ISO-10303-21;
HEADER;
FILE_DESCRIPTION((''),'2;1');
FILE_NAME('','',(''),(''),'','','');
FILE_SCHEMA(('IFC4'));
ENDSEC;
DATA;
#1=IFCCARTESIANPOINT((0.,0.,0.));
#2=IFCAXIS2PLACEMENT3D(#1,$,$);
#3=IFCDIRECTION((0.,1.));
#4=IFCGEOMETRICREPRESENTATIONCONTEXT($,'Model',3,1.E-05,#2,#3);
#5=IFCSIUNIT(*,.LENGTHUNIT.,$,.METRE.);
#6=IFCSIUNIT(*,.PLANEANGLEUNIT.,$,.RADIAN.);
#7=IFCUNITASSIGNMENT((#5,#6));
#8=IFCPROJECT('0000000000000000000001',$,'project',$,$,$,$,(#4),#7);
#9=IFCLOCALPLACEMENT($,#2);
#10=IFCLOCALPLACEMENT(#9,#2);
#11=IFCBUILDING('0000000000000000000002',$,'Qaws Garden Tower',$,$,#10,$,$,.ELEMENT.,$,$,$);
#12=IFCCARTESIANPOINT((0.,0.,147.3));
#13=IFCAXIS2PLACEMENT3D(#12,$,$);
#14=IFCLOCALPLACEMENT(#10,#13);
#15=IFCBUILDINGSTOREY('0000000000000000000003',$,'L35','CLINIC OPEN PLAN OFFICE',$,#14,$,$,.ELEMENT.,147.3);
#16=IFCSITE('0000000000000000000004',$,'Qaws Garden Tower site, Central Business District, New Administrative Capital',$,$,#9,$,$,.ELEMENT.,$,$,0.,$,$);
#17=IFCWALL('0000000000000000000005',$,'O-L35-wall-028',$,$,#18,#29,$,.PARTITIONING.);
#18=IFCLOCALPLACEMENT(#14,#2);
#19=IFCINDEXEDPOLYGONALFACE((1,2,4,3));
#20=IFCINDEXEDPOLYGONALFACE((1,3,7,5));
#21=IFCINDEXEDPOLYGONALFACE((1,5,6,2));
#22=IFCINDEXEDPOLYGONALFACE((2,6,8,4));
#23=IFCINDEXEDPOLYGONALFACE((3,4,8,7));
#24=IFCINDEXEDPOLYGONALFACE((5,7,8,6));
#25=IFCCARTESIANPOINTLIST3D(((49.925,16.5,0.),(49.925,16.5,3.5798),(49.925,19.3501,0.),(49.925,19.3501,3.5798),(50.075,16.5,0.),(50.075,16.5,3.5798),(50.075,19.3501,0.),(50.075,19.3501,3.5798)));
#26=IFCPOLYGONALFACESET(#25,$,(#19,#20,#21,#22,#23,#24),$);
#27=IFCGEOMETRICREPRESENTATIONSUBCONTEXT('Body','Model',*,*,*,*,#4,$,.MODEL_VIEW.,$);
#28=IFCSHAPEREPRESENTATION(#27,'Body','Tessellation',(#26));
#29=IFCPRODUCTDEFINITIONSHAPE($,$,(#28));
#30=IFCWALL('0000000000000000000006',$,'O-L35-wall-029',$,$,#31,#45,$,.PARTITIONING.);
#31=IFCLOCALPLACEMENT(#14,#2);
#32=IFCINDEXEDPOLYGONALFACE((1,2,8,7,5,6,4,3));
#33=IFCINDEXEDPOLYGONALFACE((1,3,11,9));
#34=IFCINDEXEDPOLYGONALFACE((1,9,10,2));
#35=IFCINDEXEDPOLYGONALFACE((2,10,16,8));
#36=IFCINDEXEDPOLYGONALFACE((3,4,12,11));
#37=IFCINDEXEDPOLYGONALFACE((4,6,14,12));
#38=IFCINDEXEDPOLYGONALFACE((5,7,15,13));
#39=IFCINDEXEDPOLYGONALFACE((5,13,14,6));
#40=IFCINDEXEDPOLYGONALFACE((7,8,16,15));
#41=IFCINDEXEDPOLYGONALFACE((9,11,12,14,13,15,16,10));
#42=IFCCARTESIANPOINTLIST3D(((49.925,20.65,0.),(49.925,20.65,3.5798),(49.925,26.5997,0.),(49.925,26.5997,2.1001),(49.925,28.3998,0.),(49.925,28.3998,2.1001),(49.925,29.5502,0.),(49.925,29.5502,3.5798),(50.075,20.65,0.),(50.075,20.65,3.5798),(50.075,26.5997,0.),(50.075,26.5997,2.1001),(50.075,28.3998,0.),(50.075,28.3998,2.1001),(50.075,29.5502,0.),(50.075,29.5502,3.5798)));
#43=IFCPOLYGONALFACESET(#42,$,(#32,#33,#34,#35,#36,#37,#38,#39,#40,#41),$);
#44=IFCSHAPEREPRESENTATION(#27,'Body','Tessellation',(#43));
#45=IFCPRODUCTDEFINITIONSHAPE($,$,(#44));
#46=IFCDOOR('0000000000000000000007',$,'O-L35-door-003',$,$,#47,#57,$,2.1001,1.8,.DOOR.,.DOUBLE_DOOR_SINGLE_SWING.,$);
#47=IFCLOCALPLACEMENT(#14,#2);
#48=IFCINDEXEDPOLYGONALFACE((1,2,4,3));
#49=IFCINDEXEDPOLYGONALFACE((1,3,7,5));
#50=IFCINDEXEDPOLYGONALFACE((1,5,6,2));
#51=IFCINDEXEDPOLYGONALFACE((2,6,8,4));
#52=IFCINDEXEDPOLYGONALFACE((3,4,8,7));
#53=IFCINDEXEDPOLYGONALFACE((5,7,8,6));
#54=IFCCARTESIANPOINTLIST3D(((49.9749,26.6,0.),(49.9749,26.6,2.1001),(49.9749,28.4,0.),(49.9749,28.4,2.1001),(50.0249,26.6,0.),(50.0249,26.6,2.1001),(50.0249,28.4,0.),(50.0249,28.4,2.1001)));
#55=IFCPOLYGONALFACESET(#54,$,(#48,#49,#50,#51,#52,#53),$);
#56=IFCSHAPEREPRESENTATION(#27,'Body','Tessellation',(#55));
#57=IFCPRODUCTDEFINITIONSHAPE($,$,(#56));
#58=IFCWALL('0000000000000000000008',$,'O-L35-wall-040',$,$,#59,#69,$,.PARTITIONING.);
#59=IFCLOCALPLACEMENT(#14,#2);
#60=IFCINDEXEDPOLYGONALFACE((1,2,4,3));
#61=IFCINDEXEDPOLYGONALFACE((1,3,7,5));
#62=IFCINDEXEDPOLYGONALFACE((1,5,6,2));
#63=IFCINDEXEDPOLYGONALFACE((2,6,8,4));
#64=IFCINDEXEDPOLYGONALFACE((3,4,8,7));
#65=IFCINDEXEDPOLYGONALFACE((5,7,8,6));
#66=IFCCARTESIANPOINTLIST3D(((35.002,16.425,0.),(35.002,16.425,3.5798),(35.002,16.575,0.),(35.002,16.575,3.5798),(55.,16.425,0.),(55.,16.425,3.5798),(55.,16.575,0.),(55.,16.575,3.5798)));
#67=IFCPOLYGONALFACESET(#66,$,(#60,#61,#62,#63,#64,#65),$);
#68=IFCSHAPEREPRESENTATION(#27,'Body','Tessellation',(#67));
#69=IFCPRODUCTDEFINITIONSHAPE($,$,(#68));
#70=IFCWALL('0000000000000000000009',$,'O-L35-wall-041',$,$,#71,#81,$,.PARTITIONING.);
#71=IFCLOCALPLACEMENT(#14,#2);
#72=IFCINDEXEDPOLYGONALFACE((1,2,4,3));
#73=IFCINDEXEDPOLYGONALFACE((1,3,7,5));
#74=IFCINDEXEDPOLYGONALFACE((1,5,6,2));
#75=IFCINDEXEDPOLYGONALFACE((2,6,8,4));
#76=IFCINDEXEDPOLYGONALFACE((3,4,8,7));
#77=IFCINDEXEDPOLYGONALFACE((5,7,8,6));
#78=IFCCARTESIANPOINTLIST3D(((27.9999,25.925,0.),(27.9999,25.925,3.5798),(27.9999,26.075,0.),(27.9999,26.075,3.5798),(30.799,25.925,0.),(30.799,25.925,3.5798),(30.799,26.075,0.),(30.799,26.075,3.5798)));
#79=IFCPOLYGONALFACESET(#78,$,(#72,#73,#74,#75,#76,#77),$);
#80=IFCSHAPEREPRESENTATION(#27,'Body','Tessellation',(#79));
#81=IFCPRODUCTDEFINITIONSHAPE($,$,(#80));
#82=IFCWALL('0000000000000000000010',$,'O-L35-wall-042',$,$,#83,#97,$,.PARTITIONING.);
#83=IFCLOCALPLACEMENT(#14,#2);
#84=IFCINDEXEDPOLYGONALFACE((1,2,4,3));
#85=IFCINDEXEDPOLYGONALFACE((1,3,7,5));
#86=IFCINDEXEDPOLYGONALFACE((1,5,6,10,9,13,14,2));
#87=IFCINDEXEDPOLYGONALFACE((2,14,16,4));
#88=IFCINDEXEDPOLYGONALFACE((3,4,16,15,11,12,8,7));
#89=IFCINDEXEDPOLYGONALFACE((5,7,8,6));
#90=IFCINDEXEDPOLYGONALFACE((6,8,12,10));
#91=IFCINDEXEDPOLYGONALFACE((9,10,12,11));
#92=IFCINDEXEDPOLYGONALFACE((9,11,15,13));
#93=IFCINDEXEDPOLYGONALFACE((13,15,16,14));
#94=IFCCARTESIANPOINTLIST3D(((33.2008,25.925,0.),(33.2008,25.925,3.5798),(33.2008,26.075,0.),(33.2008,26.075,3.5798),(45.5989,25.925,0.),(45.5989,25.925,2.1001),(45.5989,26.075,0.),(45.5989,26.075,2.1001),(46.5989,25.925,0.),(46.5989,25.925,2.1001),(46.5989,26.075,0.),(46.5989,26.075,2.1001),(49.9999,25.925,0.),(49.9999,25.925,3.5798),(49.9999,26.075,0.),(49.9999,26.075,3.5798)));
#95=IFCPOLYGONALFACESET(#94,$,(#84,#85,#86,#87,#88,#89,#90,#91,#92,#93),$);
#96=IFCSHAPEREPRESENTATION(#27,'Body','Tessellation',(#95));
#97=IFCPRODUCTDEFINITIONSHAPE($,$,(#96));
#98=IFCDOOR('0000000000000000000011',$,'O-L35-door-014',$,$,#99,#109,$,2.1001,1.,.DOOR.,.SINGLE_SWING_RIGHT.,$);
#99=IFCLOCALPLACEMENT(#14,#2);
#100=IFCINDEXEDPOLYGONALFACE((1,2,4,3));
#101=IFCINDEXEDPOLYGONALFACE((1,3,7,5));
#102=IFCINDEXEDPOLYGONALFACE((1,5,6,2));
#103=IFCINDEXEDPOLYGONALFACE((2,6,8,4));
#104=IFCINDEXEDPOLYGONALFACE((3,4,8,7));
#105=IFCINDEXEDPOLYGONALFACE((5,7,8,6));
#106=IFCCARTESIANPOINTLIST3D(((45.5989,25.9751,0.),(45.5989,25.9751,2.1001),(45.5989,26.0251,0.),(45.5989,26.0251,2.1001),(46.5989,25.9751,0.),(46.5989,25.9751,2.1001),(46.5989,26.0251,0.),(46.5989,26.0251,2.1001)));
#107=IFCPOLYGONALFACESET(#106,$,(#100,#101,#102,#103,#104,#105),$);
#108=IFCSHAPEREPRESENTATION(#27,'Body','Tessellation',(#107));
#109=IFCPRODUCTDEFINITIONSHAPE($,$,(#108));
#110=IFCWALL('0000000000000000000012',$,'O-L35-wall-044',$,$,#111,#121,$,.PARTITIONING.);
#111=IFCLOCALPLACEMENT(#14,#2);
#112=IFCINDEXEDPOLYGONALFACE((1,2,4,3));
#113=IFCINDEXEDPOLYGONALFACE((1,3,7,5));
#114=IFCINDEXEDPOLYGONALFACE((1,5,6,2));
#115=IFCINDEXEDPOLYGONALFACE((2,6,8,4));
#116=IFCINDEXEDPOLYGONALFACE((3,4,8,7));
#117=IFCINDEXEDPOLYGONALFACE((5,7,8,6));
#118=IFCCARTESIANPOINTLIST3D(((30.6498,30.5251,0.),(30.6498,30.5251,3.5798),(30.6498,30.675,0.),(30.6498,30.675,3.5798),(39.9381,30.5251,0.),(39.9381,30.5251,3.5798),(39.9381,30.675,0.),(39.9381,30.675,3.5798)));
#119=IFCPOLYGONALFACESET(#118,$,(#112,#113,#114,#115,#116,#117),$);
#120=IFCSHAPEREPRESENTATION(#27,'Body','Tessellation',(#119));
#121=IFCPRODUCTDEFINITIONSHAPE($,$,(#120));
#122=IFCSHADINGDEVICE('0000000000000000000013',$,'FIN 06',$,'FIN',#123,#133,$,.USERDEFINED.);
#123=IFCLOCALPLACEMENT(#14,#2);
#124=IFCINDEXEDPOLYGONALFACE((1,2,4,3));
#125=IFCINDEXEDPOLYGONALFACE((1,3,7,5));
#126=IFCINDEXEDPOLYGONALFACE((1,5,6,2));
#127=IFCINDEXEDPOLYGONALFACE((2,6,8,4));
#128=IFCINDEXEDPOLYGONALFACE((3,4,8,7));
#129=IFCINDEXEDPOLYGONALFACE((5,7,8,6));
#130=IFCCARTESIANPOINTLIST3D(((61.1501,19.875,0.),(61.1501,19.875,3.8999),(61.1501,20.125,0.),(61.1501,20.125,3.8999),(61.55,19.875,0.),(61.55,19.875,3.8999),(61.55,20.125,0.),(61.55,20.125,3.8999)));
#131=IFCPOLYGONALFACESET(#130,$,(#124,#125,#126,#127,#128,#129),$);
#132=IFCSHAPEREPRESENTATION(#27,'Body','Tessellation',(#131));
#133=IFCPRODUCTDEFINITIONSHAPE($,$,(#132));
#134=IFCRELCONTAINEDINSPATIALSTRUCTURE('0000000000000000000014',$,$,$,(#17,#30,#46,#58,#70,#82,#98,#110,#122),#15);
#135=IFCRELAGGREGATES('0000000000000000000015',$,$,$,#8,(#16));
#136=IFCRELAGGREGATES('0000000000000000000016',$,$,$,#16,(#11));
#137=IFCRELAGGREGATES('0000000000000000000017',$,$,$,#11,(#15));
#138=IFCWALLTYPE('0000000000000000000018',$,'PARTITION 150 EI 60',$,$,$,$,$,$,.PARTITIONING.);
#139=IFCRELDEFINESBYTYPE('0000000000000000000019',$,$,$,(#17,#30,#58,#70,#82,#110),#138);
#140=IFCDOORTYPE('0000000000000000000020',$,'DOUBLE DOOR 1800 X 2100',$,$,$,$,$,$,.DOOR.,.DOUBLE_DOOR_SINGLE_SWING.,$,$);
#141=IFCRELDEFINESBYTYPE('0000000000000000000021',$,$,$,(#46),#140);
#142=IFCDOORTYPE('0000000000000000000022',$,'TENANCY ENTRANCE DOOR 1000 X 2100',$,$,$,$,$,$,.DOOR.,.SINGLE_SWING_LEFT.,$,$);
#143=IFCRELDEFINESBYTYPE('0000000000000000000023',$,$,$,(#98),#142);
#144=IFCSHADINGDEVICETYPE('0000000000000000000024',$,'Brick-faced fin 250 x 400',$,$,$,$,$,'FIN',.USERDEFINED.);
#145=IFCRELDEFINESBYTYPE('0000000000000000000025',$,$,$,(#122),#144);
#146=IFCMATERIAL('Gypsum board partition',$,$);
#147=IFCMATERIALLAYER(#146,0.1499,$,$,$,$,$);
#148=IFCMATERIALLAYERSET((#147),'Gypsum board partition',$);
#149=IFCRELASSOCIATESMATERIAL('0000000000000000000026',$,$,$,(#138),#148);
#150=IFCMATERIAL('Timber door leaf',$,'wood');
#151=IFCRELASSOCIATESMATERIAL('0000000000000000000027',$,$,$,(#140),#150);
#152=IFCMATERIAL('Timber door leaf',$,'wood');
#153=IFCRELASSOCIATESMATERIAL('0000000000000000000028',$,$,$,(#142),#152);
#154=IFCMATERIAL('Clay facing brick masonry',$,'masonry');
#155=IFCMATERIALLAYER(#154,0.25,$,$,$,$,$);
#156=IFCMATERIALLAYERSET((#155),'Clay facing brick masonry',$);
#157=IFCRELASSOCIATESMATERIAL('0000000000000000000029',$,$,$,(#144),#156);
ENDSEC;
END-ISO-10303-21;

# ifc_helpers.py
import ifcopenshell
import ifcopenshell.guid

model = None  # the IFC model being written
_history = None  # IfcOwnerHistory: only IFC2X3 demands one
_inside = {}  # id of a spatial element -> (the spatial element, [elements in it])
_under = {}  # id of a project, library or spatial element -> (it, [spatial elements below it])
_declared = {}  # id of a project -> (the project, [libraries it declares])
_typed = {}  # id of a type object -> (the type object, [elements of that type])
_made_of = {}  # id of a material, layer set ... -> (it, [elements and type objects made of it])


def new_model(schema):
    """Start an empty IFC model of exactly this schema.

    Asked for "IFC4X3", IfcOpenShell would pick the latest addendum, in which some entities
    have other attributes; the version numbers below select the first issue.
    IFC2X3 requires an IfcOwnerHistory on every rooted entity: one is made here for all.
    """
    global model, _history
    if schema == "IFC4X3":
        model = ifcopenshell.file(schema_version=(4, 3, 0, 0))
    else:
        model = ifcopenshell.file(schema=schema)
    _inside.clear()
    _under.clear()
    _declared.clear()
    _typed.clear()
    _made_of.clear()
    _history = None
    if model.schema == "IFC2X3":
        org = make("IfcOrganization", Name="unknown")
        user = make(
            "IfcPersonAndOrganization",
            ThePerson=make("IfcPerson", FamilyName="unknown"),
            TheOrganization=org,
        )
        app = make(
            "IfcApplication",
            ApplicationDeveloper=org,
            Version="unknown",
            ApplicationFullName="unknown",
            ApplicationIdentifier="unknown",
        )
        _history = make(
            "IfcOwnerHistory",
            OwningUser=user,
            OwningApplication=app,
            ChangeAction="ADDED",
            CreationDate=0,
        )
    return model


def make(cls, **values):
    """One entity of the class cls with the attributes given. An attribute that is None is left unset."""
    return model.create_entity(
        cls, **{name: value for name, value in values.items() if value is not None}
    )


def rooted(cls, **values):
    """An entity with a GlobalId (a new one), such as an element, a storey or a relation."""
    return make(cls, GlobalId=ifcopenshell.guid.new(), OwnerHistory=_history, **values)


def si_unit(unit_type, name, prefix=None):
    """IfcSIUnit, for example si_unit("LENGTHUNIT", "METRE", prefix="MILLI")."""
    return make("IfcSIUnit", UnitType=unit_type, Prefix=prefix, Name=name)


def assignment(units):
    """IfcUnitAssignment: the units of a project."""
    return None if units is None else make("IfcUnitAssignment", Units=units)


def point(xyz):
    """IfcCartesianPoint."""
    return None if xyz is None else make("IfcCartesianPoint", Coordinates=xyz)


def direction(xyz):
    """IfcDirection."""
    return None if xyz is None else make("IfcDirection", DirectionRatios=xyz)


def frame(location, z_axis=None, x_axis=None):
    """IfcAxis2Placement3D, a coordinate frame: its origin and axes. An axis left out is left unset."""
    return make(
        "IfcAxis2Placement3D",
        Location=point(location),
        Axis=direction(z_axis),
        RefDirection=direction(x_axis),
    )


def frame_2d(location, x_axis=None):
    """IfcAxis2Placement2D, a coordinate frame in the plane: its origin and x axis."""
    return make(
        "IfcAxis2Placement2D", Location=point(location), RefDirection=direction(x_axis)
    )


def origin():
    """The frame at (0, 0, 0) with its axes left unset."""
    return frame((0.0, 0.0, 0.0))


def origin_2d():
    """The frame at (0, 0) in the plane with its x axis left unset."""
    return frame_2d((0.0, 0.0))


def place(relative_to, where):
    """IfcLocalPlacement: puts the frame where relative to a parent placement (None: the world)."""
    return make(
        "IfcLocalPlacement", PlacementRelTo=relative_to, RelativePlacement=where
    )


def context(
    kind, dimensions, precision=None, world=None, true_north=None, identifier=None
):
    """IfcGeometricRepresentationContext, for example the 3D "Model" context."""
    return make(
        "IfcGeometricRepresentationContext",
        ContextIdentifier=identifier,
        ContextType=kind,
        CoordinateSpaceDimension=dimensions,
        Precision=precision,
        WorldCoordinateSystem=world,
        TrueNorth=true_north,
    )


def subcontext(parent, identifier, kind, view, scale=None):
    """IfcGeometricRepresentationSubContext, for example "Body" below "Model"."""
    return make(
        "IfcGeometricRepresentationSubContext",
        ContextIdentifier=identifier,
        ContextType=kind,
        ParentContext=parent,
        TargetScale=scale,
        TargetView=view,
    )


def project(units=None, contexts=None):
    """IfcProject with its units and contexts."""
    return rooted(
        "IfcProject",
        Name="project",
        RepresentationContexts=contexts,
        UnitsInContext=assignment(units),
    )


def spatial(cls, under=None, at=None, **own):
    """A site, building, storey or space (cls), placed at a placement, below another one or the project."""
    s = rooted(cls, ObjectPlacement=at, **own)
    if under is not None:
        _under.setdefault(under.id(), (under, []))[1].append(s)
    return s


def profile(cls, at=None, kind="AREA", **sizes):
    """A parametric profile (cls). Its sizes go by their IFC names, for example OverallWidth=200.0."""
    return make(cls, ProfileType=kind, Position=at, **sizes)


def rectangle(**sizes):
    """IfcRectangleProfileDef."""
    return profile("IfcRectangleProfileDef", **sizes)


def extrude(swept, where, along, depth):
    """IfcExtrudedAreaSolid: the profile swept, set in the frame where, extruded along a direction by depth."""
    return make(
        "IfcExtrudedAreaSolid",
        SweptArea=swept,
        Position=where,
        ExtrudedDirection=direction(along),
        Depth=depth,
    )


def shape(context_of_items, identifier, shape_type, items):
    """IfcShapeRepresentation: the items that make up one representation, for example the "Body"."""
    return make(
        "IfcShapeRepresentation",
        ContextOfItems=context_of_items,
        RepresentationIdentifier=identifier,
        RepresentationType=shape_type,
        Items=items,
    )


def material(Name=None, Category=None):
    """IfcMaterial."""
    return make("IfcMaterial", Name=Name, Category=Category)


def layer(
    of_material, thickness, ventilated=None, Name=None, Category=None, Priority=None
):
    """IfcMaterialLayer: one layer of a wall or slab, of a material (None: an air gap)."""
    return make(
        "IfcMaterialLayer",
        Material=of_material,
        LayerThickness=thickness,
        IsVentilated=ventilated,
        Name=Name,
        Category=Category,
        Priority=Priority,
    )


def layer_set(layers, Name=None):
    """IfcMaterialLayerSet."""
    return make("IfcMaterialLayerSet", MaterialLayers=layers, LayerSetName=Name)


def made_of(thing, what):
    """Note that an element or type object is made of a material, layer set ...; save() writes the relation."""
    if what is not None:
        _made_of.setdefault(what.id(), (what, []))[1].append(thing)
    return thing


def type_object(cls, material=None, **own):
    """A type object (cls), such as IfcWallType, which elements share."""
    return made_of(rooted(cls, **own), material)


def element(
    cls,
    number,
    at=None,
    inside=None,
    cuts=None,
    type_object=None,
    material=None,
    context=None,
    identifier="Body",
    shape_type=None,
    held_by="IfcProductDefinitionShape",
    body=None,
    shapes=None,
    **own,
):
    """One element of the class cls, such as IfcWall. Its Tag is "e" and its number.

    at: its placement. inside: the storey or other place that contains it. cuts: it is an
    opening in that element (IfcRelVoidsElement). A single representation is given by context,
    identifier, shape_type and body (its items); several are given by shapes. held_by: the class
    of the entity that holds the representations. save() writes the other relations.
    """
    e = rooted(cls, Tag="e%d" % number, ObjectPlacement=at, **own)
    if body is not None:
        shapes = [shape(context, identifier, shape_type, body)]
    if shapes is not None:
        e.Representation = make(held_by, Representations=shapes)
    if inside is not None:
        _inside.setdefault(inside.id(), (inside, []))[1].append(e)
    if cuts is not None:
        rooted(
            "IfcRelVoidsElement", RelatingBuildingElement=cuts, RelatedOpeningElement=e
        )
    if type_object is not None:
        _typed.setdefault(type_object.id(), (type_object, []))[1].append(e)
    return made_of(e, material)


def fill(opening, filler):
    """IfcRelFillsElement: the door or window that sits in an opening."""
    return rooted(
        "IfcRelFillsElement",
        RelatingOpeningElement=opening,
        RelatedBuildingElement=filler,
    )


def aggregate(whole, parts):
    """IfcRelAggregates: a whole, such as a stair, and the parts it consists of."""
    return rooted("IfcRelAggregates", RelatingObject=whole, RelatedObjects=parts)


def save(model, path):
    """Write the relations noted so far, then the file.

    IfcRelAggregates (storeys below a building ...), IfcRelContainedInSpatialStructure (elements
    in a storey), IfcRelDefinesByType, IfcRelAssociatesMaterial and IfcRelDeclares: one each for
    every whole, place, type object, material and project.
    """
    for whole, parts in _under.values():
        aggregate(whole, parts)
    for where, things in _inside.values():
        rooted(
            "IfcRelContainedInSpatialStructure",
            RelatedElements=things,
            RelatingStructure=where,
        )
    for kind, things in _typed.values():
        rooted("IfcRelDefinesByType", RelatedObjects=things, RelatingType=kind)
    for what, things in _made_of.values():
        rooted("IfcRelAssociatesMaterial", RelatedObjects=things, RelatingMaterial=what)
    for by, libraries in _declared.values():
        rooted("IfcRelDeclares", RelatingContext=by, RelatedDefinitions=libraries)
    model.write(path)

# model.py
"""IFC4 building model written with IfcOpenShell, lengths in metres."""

from ifc_helpers import new_model, si_unit, direction, frame, frame_2d, origin, origin_2d, place, context, subcontext, project, spatial, rectangle, extrude, material, layer, layer_set, type_object, element, fill, save


model = new_model("IFC4")

# Units and contexts
model_context = context("Model", 3, precision=1e-05, world=origin(), true_north=direction((0.0, 1.0)))
body_context = subcontext(model_context, "Body", "Model", "MODEL_VIEW")
ifc_project = project(units=[si_unit("LENGTHUNIT", "METRE"), si_unit("PLANEANGLEUNIT", "RADIAN")], contexts=[model_context])

# Site, building, storey
site_placement = place(None, origin())
site = spatial("IfcSite", under=ifc_project, at=site_placement, Name="Qaws Garden Tower site, Central Business District, New Administrative Capital", CompositionType="ELEMENT", RefElevation=0.0)
building_placement = place(site_placement, origin())
building = spatial("IfcBuilding", under=site, at=building_placement, Name="Qaws Garden Tower", CompositionType="ELEMENT")
storey_placement = place(building_placement, frame((0.0, 0.0, 147.3)))
storey = spatial("IfcBuildingStorey", under=building, at=storey_placement, Name="L35", Description="CLINIC OPEN PLAN OFFICE", CompositionType="ELEMENT", Elevation=147.3)

# Shared definitions
ifc_material_1 = material(Name="Gypsum board partition")
ifc_layer_1 = layer(ifc_material_1, 0.1499)
ifc_layer_set_1 = layer_set([ifc_layer_1], Name="Gypsum board partition")
wall_type_1 = type_object("IfcWallType", Name="PARTITION 150 EI 60", PredefinedType="PARTITIONING", material=ifc_layer_set_1)

# Shared definitions
ifc_material_2 = material(Name="Timber door leaf", Category="wood")
door_type_1 = type_object("IfcDoorType", Name="DOUBLE DOOR 1800 X 2100", OperationType="DOUBLE_DOOR_SINGLE_SWING", PredefinedType="DOOR", material=ifc_material_2)

# Wall
wall_1_placement = place(storey_placement, frame((50.0, 16.5, 0.0), z_axis=(0.0, 0.0, 1.0), x_axis=(0.0, 1.0, 0.0)))
element("IfcWall", 1, at=wall_1_placement, inside=storey, type_object=wall_type_1, Name="O-L35-wall-028", PredefinedType="PARTITIONING", context=body_context, shape_type="SweptSolid", body=[
    extrude(rectangle(XDim=2.8501, YDim=0.1499, at=frame_2d((1.425, 0.0))), origin(), (0.0, 0.0, 1.0), 3.5798),
])

# Wall, opening, door
wall_2_placement = place(storey_placement, frame((50.0, 20.6499, 0.0), z_axis=(0.0, 0.0, 1.0), x_axis=(0.0, 1.0, 0.0)))
wall_2 = element("IfcWall", 2, at=wall_2_placement, inside=storey, type_object=wall_type_1, Name="O-L35-wall-029", PredefinedType="PARTITIONING", context=body_context, shape_type="SweptSolid", body=[
    extrude(rectangle(XDim=8.9001, YDim=0.1499, at=frame_2d((4.4502, 0.0))), origin(), (0.0, 0.0, 1.0), 3.5798),
])
opening_1_placement = place(wall_2_placement, frame((5.95, 0.0, 0.0)))
opening_1 = element("IfcOpeningElement", 3, at=opening_1_placement, cuts=wall_2, PredefinedType="OPENING", context=body_context, shape_type="SweptSolid", body=[
    extrude(rectangle(XDim=1.8, YDim=2.1001, at=frame_2d((0.8999, 1.05))), frame((0.0, 0.085, 0.0), z_axis=(0.0, -1.0, 0.0), x_axis=(1.0, 0.0, 0.0)), (0.0, 0.0, 1.0), 0.1699),
])
door_1_placement = place(opening_1_placement, frame((1.8, 0.0, 0.0), z_axis=(0.0, 0.0, 1.0), x_axis=(-1.0, 0.0, 0.0)))
door_1 = element("IfcDoor", 4, at=door_1_placement, inside=storey, type_object=door_type_1, Name="O-L35-door-003", OperationType="DOUBLE_DOOR_SINGLE_SWING", OverallHeight=2.1001, OverallWidth=1.8, PredefinedType="DOOR", context=body_context, shape_type="SweptSolid", body=[
    extrude(rectangle(XDim=1.8, YDim=2.1001, at=frame_2d((0.8999, 1.05))), frame((0.0, 0.0249, 0.0), z_axis=(0.0, -1.0, 0.0), x_axis=(1.0, 0.0, 0.0)), (0.0, 0.0, 1.0), 0.05),
])
fill(opening_1, door_1)

# Walls
wall_3_placement = place(storey_placement, frame((35.002, 16.5, 0.0), z_axis=(0.0, 0.0, 1.0), x_axis=(1.0, 0.0, 0.0)))
element("IfcWall", 5, at=wall_3_placement, inside=storey, type_object=wall_type_1, Name="O-L35-wall-040", PredefinedType="PARTITIONING", context=body_context, shape_type="SweptSolid", body=[
    extrude(rectangle(XDim=19.998, YDim=0.1499, at=frame_2d((9.999, 0.0))), origin(), (0.0, 0.0, 1.0), 3.5798),
])
wall_4_placement = place(storey_placement, frame((28.0, 26.0, 0.0), z_axis=(0.0, 0.0, 1.0), x_axis=(1.0, 0.0, 0.0)))
element("IfcWall", 6, at=wall_4_placement, inside=storey, type_object=wall_type_1, Name="O-L35-wall-041", PredefinedType="PARTITIONING", context=body_context, shape_type="SweptSolid", body=[
    extrude(rectangle(XDim=2.7991, YDim=0.1499, at=frame_2d((1.3994, 0.0))), origin(), (0.0, 0.0, 1.0), 3.5798),
])

# Wall, opening, door
wall_5_placement = place(storey_placement, frame((33.2009, 26.0, 0.0), z_axis=(0.0, 0.0, 1.0), x_axis=(1.0, 0.0, 0.0)))
wall_5 = element("IfcWall", 7, at=wall_5_placement, inside=storey, type_object=wall_type_1, Name="O-L35-wall-042", PredefinedType="PARTITIONING", context=body_context, shape_type="SweptSolid", body=[
    extrude(rectangle(XDim=16.7991, YDim=0.1499, at=frame_2d((8.3994, 0.0))), origin(), (0.0, 0.0, 1.0), 3.5798),
])
opening_2_placement = place(wall_5_placement, frame((12.3979, 0.0, 0.0)))
opening_2 = element("IfcOpeningElement", 8, at=opening_2_placement, cuts=wall_5, PredefinedType="OPENING", context=body_context, shape_type="SweptSolid", body=[
    extrude(rectangle(XDim=1.0, YDim=2.1001, at=frame_2d((0.5, 1.05))), frame((0.0, 0.085, 0.0), z_axis=(0.0, -1.0, 0.0), x_axis=(1.0, 0.0, 0.0)), (0.0, 0.0, 1.0), 0.1699),
])
ifc_material_3 = material(Name="Timber door leaf", Category="wood")
door_type_2 = type_object("IfcDoorType", Name="TENANCY ENTRANCE DOOR 1000 X 2100", OperationType="SINGLE_SWING_LEFT", PredefinedType="DOOR", material=ifc_material_3)
door_2_placement = place(opening_2_placement, frame((1.0, 0.0, 0.0), z_axis=(0.0, 0.0, 1.0), x_axis=(-1.0, 0.0, 0.0)))
door_2 = element("IfcDoor", 9, at=door_2_placement, inside=storey, type_object=door_type_2, Name="O-L35-door-014", OperationType="SINGLE_SWING_RIGHT", OverallHeight=2.1001, OverallWidth=1.0, PredefinedType="DOOR", context=body_context, shape_type="SweptSolid", body=[
    extrude(rectangle(XDim=1.0, YDim=2.1001, at=frame_2d((0.5, 1.05))), frame((0.0, 0.0249, 0.0), z_axis=(0.0, -1.0, 0.0), x_axis=(1.0, 0.0, 0.0)), (0.0, 0.0, 1.0), 0.05),
])
fill(opening_2, door_2)

# Wall
wall_6_placement = place(storey_placement, frame((30.6499, 30.6001, 0.0), z_axis=(0.0, 0.0, 1.0), x_axis=(1.0, 0.0, 0.0)))
element("IfcWall", 10, at=wall_6_placement, inside=storey, type_object=wall_type_1, Name="O-L35-wall-044", PredefinedType="PARTITIONING", context=body_context, shape_type="SweptSolid", body=[
    extrude(rectangle(XDim=9.2883, YDim=0.1499, at=frame_2d((4.644, 0.0))), origin(), (0.0, 0.0, 1.0), 3.5798),
])

# Shading device
ifc_material_4 = material(Name="Clay facing brick masonry", Category="masonry")
ifc_layer_2 = layer(ifc_material_4, 0.25)
ifc_layer_set_2 = layer_set([ifc_layer_2], Name="Clay facing brick masonry")
shading_device_type = type_object("IfcShadingDeviceType", Name="Brick-faced fin 250 x 400", ElementType="FIN", PredefinedType="USERDEFINED", material=ifc_layer_set_2)
shading_device_placement = place(storey_placement, frame((61.3501, 20.0, 0.0), z_axis=(0.0, 0.0, 1.0), x_axis=(0.0, 1.0, 0.0)))
element("IfcShadingDevice", 11, at=shading_device_placement, inside=storey, type_object=shading_device_type, Name="FIN 06", ObjectType="FIN", PredefinedType="USERDEFINED", context=body_context, shape_type="SweptSolid", body=[
    extrude(rectangle(XDim=0.25, YDim=0.3999, at=origin_2d()), origin(), (0.0, 0.0, 1.0), 3.8999),
])

save(model, "model.ifc")
